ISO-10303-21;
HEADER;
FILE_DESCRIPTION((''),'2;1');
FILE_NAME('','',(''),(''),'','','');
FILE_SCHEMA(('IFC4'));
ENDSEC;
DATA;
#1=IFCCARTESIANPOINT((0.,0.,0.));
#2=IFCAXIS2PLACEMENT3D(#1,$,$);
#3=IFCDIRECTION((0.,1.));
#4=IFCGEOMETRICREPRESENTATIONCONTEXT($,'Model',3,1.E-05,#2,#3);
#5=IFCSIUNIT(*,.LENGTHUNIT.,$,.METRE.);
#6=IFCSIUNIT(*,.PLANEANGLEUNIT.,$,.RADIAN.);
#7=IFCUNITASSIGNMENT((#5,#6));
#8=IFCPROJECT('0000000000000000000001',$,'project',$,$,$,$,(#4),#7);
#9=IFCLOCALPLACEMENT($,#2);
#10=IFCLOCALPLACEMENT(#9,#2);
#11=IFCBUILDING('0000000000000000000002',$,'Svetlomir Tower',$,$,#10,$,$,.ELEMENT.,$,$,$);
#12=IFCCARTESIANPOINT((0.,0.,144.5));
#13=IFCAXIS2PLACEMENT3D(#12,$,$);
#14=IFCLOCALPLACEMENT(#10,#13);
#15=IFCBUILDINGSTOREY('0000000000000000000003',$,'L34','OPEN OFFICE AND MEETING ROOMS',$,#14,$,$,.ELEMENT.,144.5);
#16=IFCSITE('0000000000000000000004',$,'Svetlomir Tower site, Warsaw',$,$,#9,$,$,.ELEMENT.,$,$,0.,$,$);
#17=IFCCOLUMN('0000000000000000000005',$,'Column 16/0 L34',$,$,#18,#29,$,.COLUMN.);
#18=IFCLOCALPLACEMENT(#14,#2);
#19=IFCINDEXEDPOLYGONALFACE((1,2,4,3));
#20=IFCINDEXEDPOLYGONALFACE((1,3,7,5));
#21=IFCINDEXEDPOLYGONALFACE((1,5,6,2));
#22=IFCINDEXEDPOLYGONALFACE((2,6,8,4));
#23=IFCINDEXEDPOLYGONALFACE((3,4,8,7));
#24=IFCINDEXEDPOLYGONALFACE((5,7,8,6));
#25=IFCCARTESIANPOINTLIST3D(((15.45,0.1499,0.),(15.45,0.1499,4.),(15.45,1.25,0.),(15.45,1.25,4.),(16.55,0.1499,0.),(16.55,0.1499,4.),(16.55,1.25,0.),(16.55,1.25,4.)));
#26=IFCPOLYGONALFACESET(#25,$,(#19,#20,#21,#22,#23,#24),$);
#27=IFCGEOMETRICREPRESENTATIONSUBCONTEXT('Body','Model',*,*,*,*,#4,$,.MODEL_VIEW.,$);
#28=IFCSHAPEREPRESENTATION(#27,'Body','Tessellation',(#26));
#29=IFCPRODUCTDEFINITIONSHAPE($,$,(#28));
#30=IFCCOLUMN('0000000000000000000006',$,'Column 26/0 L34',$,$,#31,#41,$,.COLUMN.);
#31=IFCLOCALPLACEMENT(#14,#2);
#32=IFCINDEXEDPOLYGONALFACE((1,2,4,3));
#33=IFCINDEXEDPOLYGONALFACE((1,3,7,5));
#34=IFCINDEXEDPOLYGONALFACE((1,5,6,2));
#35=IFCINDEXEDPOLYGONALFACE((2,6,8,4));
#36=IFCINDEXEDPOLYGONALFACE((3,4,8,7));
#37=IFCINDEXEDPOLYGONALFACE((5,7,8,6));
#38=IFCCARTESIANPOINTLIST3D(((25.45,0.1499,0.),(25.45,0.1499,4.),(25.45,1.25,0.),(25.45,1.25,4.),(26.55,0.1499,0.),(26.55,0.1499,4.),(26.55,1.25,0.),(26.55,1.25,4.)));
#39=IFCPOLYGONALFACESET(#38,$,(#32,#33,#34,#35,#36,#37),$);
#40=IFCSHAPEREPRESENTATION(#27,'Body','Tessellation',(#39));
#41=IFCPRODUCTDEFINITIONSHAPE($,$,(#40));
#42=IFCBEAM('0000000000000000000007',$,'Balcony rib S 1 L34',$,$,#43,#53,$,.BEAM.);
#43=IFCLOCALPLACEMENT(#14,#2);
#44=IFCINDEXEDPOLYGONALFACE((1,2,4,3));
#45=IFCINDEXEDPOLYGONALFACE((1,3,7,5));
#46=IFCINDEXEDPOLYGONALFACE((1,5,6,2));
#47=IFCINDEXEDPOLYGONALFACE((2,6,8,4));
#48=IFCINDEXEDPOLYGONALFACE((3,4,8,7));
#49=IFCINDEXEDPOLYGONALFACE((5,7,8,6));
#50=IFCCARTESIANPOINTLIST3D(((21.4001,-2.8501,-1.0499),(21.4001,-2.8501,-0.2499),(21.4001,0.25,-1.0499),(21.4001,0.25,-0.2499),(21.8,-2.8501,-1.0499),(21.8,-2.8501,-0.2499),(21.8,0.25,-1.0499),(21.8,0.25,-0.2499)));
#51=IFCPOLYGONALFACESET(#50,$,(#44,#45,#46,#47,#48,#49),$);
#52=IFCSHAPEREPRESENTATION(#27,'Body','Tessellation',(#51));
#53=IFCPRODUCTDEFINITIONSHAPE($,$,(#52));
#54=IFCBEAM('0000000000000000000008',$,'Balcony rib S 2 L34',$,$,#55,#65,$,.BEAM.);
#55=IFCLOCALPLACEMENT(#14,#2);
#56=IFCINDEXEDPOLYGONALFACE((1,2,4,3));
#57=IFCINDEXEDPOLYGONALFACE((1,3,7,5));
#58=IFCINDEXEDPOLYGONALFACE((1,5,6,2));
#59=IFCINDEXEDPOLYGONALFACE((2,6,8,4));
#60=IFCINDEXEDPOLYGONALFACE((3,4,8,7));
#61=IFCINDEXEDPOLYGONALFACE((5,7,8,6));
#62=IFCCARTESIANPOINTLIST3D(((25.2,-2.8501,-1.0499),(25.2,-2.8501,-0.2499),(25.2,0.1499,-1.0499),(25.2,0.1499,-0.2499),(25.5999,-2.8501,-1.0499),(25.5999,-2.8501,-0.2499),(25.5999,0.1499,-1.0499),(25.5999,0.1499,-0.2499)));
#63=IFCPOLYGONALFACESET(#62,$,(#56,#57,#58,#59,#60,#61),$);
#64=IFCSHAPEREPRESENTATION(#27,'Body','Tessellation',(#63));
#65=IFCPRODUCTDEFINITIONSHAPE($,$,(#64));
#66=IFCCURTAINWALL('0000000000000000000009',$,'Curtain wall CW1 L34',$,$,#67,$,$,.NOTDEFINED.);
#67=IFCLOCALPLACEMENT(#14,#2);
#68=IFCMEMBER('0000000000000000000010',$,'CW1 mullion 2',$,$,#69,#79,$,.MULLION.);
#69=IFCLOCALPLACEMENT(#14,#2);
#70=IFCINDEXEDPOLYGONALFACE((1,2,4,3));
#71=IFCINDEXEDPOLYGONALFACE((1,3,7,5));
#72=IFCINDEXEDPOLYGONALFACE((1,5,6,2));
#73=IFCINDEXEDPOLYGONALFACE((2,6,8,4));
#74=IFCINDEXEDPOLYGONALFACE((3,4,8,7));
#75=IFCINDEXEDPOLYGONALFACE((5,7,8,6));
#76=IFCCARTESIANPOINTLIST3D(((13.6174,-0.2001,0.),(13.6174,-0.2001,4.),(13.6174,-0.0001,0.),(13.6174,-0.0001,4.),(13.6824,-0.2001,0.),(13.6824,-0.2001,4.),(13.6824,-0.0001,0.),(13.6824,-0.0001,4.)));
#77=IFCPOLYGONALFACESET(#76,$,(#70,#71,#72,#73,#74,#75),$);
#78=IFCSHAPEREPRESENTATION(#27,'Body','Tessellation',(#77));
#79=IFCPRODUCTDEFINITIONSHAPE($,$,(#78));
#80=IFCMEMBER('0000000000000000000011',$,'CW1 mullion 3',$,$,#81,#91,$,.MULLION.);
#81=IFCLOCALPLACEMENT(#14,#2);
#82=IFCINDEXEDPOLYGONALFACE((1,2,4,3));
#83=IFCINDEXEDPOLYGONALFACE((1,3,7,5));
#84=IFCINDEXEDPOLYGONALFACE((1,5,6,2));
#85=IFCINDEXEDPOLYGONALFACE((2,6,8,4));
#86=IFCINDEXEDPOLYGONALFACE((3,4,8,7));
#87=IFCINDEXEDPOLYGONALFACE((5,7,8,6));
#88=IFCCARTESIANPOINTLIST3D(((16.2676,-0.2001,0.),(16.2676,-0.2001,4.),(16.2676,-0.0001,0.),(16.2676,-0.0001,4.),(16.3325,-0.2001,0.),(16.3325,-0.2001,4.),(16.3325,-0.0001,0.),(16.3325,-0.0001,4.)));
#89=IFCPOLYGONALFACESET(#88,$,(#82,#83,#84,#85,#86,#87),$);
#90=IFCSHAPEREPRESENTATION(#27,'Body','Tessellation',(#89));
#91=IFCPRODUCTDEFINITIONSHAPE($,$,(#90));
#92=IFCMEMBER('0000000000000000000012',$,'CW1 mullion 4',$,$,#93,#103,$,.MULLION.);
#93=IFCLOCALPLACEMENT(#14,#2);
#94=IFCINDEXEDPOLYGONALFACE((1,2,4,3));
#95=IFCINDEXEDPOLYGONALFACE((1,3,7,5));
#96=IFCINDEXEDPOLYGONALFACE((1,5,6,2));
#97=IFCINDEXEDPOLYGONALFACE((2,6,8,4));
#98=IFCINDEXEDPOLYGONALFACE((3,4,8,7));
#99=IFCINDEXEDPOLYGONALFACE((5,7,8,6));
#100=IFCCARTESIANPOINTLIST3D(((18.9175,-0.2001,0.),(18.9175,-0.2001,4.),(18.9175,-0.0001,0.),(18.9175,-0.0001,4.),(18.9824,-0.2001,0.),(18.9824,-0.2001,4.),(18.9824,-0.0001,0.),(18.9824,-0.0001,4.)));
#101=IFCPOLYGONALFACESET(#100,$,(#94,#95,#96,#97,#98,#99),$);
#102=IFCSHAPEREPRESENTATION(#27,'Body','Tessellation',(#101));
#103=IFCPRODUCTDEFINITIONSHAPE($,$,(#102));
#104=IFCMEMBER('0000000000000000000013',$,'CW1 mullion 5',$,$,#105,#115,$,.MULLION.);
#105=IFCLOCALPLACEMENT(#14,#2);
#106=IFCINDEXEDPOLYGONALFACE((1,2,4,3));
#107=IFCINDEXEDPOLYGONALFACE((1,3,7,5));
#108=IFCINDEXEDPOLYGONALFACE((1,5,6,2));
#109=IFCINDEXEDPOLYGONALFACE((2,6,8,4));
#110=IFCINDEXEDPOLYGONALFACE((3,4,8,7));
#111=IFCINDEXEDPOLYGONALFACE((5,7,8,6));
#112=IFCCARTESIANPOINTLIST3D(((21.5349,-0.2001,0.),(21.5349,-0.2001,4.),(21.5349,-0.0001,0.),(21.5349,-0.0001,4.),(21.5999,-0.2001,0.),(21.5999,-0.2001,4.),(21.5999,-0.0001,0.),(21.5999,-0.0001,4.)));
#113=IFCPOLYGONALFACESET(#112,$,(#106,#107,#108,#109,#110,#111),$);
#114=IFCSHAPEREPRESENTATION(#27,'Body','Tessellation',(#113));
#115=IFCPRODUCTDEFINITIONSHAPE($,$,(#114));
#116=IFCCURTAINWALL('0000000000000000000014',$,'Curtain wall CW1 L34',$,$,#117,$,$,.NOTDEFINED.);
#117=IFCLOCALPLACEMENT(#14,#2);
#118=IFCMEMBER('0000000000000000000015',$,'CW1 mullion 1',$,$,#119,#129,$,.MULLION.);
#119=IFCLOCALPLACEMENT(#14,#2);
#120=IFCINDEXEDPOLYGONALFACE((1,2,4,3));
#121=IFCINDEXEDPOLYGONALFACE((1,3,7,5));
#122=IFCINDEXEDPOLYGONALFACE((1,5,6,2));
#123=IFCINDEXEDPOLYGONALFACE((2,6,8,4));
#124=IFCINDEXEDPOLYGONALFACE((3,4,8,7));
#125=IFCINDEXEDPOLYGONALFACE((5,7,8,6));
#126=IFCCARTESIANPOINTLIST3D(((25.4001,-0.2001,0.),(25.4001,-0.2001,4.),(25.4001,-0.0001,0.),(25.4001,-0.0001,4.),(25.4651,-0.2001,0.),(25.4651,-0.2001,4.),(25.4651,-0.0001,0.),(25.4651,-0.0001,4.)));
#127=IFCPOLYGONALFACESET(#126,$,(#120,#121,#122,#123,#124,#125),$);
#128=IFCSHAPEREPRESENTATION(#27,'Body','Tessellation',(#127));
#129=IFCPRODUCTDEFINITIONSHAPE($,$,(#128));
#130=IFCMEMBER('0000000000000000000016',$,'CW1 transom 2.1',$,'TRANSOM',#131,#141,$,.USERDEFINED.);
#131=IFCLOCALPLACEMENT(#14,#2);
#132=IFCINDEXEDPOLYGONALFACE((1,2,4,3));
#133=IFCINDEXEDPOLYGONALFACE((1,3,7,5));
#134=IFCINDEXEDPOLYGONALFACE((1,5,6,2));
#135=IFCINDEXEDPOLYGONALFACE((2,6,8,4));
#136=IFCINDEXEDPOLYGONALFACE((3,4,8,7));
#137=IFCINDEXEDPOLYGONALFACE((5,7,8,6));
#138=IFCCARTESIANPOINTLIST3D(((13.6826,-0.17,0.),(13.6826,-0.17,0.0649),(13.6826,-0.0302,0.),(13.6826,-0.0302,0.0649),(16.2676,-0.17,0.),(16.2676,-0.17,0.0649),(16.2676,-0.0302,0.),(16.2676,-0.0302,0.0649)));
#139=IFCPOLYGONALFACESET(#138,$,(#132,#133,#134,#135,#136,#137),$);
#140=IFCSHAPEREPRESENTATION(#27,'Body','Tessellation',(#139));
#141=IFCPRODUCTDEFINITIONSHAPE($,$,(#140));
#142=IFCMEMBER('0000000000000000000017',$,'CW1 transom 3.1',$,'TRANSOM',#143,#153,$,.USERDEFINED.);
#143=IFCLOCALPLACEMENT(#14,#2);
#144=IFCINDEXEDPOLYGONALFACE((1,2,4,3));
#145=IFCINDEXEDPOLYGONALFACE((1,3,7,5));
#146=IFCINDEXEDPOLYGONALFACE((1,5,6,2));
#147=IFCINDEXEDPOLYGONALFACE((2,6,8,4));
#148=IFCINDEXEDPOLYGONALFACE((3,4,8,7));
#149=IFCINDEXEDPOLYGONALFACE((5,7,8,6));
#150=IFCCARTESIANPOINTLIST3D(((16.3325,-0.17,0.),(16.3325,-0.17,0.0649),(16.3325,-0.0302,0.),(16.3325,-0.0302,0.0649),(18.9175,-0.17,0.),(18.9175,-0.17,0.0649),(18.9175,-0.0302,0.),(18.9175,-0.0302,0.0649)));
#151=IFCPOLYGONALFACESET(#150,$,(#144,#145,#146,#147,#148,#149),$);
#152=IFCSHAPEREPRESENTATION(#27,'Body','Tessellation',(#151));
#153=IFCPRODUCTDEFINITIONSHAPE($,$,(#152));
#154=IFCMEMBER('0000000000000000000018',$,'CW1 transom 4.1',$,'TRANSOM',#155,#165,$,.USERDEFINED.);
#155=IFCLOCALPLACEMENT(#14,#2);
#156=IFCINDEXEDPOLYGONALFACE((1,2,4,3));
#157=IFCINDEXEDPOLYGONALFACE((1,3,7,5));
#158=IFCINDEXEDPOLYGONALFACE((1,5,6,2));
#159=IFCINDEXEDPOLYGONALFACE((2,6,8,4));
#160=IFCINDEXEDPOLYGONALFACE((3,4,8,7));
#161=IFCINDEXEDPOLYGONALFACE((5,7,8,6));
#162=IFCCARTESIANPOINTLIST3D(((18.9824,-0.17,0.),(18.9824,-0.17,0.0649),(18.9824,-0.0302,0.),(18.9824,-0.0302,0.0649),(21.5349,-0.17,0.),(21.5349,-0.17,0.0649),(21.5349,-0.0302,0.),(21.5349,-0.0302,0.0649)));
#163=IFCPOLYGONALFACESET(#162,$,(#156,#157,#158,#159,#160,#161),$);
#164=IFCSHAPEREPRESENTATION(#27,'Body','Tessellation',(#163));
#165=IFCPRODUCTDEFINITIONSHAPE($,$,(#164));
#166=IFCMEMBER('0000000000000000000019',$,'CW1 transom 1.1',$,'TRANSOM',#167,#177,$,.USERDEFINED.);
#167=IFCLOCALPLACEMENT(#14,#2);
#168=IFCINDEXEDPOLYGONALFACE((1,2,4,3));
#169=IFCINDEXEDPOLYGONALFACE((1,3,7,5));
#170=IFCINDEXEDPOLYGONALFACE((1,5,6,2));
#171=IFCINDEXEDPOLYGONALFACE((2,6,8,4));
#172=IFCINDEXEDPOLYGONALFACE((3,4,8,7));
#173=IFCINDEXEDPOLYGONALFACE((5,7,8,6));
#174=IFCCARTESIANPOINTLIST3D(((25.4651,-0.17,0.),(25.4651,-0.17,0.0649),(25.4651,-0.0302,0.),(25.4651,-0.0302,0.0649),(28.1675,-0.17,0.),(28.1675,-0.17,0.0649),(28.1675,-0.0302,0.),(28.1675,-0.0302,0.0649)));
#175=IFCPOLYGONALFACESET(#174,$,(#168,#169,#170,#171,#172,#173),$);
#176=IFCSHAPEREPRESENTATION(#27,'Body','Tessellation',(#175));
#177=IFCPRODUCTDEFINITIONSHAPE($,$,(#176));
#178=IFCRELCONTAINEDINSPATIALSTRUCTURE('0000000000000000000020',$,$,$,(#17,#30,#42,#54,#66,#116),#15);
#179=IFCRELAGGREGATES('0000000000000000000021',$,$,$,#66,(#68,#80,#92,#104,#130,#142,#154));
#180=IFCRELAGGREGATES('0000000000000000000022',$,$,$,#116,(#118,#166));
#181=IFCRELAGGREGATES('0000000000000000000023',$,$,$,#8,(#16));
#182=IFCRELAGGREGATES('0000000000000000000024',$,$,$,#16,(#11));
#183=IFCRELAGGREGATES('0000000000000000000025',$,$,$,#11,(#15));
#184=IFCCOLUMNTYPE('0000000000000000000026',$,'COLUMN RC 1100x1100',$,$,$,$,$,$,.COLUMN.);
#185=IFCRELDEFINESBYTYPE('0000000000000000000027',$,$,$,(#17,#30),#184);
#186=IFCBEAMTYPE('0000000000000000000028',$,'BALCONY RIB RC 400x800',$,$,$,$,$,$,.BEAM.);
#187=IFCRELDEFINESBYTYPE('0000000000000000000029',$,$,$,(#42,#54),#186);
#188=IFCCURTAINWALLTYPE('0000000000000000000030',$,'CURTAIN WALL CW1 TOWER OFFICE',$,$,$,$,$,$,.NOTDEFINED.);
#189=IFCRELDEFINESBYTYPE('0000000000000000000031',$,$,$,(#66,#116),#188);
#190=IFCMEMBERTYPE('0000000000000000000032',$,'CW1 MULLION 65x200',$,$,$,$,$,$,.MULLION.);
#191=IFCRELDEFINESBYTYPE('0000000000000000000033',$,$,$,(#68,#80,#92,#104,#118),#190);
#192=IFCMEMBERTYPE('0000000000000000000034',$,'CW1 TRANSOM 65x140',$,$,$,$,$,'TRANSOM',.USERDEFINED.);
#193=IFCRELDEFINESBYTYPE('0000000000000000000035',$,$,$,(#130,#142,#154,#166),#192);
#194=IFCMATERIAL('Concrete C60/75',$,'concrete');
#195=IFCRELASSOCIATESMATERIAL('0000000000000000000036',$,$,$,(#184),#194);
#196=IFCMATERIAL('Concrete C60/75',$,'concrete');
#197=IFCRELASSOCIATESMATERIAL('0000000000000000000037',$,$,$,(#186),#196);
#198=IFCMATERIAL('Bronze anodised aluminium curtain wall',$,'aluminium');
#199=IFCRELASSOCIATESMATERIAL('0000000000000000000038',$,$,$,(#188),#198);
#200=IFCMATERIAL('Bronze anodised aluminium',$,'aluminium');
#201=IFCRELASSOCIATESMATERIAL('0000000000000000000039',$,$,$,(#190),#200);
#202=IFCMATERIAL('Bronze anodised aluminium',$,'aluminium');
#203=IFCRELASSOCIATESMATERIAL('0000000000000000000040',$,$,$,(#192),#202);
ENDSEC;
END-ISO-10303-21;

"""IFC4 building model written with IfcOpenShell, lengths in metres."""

from ifc_helpers import new_model, si_unit, direction, frame, origin, origin_2d, place, context, subcontext, project, spatial, rectangle, extrude, material, material_profile, profile_set, type_object, element, aggregate, save


model = new_model("IFC4")

# Units and contexts
model_context = context("Model", 3, precision=1e-05, world=origin(), true_north=direction((0.0, 1.0)))
body_context = subcontext(model_context, "Body", "Model", "MODEL_VIEW")
ifc_project = project(units=[si_unit("LENGTHUNIT", "METRE"), si_unit("PLANEANGLEUNIT", "RADIAN")], contexts=[model_context])

# Site, building, storey
site_placement = place(None, origin())
site = spatial("IfcSite", under=ifc_project, at=site_placement, Name="Svetlomir Tower site, Warsaw", CompositionType="ELEMENT", RefElevation=0.0)
building_placement = place(site_placement, origin())
building = spatial("IfcBuilding", under=site, at=building_placement, Name="Svetlomir Tower", CompositionType="ELEMENT")
storey_placement = place(building_placement, frame((0.0, 0.0, 144.5)))
storey = spatial("IfcBuildingStorey", under=building, at=storey_placement, Name="L34", Description="OPEN OFFICE AND MEETING ROOMS", CompositionType="ELEMENT", Elevation=144.5)

# Columns
ifc_material_1 = material(Name="Concrete C60/75", Category="concrete")
ifc_material_profile_1 = material_profile(ifc_material_1, rectangle(XDim=1.1001, YDim=1.1001, at=origin_2d()), Name="RC 1100x1100")
ifc_profile_set_1 = profile_set([ifc_material_profile_1], Name="Concrete C60/75")
column_type = type_object("IfcColumnType", Name="COLUMN RC 1100x1100", PredefinedType="COLUMN", material=ifc_profile_set_1)
for number, where, z_axis, x_axis, name in (
    (1, (16.0, 0.7, 0.0), (0.0, 0.0, 1.0), (1.0, 0.0, 0.0), "Column 16/0 L34"),
    (2, (26.0, 0.7, 0.0), (0.0, 0.0, 1.0), (1.0, 0.0, 0.0), "Column 26/0 L34"),
):
    element("IfcColumn", number, at=place(storey_placement, frame(where, z_axis=z_axis, x_axis=x_axis)), inside=storey, type_object=column_type, Name=name, PredefinedType="COLUMN", context=body_context, shape_type="SweptSolid", body=[
        extrude(rectangle(XDim=1.1001, YDim=1.1001, at=origin_2d()), origin(), (0.0, 0.0, 1.0), 4.0),
    ])

# Beams
ifc_material_2 = material(Name="Concrete C60/75", Category="concrete")
ifc_material_profile_2 = material_profile(ifc_material_2, rectangle(XDim=0.3999, YDim=0.8, at=origin_2d()), Name="RC 400x800")
ifc_profile_set_2 = profile_set([ifc_material_profile_2], Name="Concrete C60/75")
beam_type_1 = type_object("IfcBeamType", Name="BALCONY RIB RC 400x800", PredefinedType="BEAM", material=ifc_profile_set_2)
beam_1_placement = place(storey_placement, frame((21.6001, 0.25, -0.6499), z_axis=(0.0, -1.0, 0.0), x_axis=(1.0, 0.0, 0.0)))
element("IfcBeam", 3, at=beam_1_placement, inside=storey, type_object=beam_type_1, Name="Balcony rib S 1 L34", PredefinedType="BEAM", context=body_context, shape_type="SweptSolid", body=[
    extrude(rectangle(XDim=0.3999, YDim=0.8, at=origin_2d()), origin(), (0.0, 0.0, 1.0), 3.1001),
])
beam_2_placement = place(storey_placement, frame((25.3999, 0.1499, -0.6499), z_axis=(0.0, -1.0, 0.0), x_axis=(1.0, 0.0, 0.0)))
element("IfcBeam", 4, at=beam_2_placement, inside=storey, type_object=beam_type_1, Name="Balcony rib S 2 L34", PredefinedType="BEAM", context=body_context, shape_type="SweptSolid", body=[
    extrude(rectangle(XDim=0.3999, YDim=0.8, at=origin_2d()), origin(), (0.0, 0.0, 1.0), 3.0),
])

# Curtain wall, members
ifc_material_3 = material(Name="Bronze anodised aluminium curtain wall", Category="aluminium")
curtain_wall_type = type_object("IfcCurtainWallType", Name="CURTAIN WALL CW1 TOWER OFFICE", PredefinedType="NOTDEFINED", material=ifc_material_3)
curtain_wall_1_placement = place(storey_placement, origin())
curtain_wall_1 = element("IfcCurtainWall", 5, at=curtain_wall_1_placement, inside=storey, type_object=curtain_wall_type, Name="Curtain wall CW1 L34", PredefinedType="NOTDEFINED")
ifc_material_4 = material(Name="Bronze anodised aluminium", Category="aluminium")
ifc_material_profile_3 = material_profile(ifc_material_4, rectangle(XDim=0.0649, YDim=0.2, at=origin_2d()), Name="AL 65x200")
ifc_profile_set_3 = profile_set([ifc_material_profile_3], Name="Bronze anodised aluminium 6063-T6")
member_type_1 = type_object("IfcMemberType", Name="CW1 MULLION 65x200", PredefinedType="MULLION", material=ifc_profile_set_3)
member_1_placement = place(storey_placement, frame((13.6499, -0.1001, 0.0), z_axis=(0.0, 0.0, 1.0), x_axis=(1.0, 0.0, 0.0)))
member_1 = element("IfcMember", 6, at=member_1_placement, type_object=member_type_1, Name="CW1 mullion 2", PredefinedType="MULLION", context=body_context, shape_type="SweptSolid", body=[
    extrude(rectangle(XDim=0.0649, YDim=0.2, at=origin_2d()), origin(), (0.0, 0.0, 1.0), 4.0),
])
member_2_placement = place(storey_placement, frame((16.3, -0.1001, 0.0), z_axis=(0.0, 0.0, 1.0), x_axis=(1.0, 0.0, 0.0)))
member_2 = element("IfcMember", 7, at=member_2_placement, type_object=member_type_1, Name="CW1 mullion 3", PredefinedType="MULLION", context=body_context, shape_type="SweptSolid", body=[
    extrude(rectangle(XDim=0.0649, YDim=0.2, at=origin_2d()), origin(), (0.0, 0.0, 1.0), 4.0),
])
member_3_placement = place(storey_placement, frame((18.95, -0.1001, 0.0), z_axis=(0.0, 0.0, 1.0), x_axis=(1.0, 0.0, 0.0)))
member_3 = element("IfcMember", 8, at=member_3_placement, type_object=member_type_1, Name="CW1 mullion 4", PredefinedType="MULLION", context=body_context, shape_type="SweptSolid", body=[
    extrude(rectangle(XDim=0.0649, YDim=0.2, at=origin_2d()), origin(), (0.0, 0.0, 1.0), 4.0),
])
member_4_placement = place(storey_placement, frame((21.5674, -0.1001, 0.0), z_axis=(0.0, 0.0, 1.0), x_axis=(1.0, 0.0, 0.0)))
member_4 = element("IfcMember", 9, at=member_4_placement, type_object=member_type_1, Name="CW1 mullion 5", PredefinedType="MULLION", context=body_context, shape_type="SweptSolid", body=[
    extrude(rectangle(XDim=0.0649, YDim=0.2, at=origin_2d()), origin(), (0.0, 0.0, 1.0), 4.0),
])

# Curtain wall, member
curtain_wall_2_placement = place(storey_placement, origin())
curtain_wall_2 = element("IfcCurtainWall", 10, at=curtain_wall_2_placement, inside=storey, type_object=curtain_wall_type, Name="Curtain wall CW1 L34", PredefinedType="NOTDEFINED")
member_5_placement = place(storey_placement, frame((25.4326, -0.1001, 0.0), z_axis=(0.0, 0.0, 1.0), x_axis=(1.0, 0.0, 0.0)))
member_5 = element("IfcMember", 11, at=member_5_placement, type_object=member_type_1, Name="CW1 mullion 1", PredefinedType="MULLION", context=body_context, shape_type="SweptSolid", body=[
    extrude(rectangle(XDim=0.0649, YDim=0.2, at=origin_2d()), origin(), (0.0, 0.0, 1.0), 4.0),
])

# Members
ifc_material_5 = material(Name="Bronze anodised aluminium", Category="aluminium")
ifc_material_profile_4 = material_profile(ifc_material_5, rectangle(XDim=0.1399, YDim=0.0649, at=origin_2d()), Name="AL 140x65")
ifc_profile_set_4 = profile_set([ifc_material_profile_4], Name="Bronze anodised aluminium 6063-T6")
member_type_2 = type_object("IfcMemberType", Name="CW1 TRANSOM 65x140", ElementType="TRANSOM", PredefinedType="USERDEFINED", material=ifc_profile_set_4)
member_6_placement = place(storey_placement, frame((13.6826, -0.1001, 0.0325), z_axis=(1.0, 0.0, 0.0), x_axis=(0.0, 1.0, 0.0)))
member_6 = element("IfcMember", 12, at=member_6_placement, type_object=member_type_2, Name="CW1 transom 2.1", ObjectType="TRANSOM", PredefinedType="USERDEFINED", context=body_context, shape_type="SweptSolid", body=[
    extrude(rectangle(XDim=0.1399, YDim=0.0649, at=origin_2d()), origin(), (0.0, 0.0, 1.0), 2.585),
])
member_7_placement = place(storey_placement, frame((16.3325, -0.1001, 0.0325), z_axis=(1.0, 0.0, 0.0), x_axis=(0.0, 1.0, 0.0)))
member_7 = element("IfcMember", 13, at=member_7_placement, type_object=member_type_2, Name="CW1 transom 3.1", ObjectType="TRANSOM", PredefinedType="USERDEFINED", context=body_context, shape_type="SweptSolid", body=[
    extrude(rectangle(XDim=0.1399, YDim=0.0649, at=origin_2d()), origin(), (0.0, 0.0, 1.0), 2.585),
])
member_8_placement = place(storey_placement, frame((18.9824, -0.1001, 0.0325), z_axis=(1.0, 0.0, 0.0), x_axis=(0.0, 1.0, 0.0)))
member_8 = element("IfcMember", 14, at=member_8_placement, type_object=member_type_2, Name="CW1 transom 4.1", ObjectType="TRANSOM", PredefinedType="USERDEFINED", context=body_context, shape_type="SweptSolid", body=[
    extrude(rectangle(XDim=0.1399, YDim=0.0649, at=origin_2d()), origin(), (0.0, 0.0, 1.0), 2.5525),
])
member_9_placement = place(storey_placement, frame((25.4651, -0.1001, 0.0325), z_axis=(1.0, 0.0, 0.0), x_axis=(0.0, 1.0, 0.0)))
member_9 = element("IfcMember", 15, at=member_9_placement, type_object=member_type_2, Name="CW1 transom 1.1", ObjectType="TRANSOM", PredefinedType="USERDEFINED", context=body_context, shape_type="SweptSolid", body=[
    extrude(rectangle(XDim=0.1399, YDim=0.0649, at=origin_2d()), origin(), (0.0, 0.0, 1.0), 2.7024),
])

aggregate(curtain_wall_1, [member_1, member_2, member_3, member_4, member_6, member_7, member_8])
aggregate(curtain_wall_2, [member_5, member_9])

save(model, "model.ifc")
